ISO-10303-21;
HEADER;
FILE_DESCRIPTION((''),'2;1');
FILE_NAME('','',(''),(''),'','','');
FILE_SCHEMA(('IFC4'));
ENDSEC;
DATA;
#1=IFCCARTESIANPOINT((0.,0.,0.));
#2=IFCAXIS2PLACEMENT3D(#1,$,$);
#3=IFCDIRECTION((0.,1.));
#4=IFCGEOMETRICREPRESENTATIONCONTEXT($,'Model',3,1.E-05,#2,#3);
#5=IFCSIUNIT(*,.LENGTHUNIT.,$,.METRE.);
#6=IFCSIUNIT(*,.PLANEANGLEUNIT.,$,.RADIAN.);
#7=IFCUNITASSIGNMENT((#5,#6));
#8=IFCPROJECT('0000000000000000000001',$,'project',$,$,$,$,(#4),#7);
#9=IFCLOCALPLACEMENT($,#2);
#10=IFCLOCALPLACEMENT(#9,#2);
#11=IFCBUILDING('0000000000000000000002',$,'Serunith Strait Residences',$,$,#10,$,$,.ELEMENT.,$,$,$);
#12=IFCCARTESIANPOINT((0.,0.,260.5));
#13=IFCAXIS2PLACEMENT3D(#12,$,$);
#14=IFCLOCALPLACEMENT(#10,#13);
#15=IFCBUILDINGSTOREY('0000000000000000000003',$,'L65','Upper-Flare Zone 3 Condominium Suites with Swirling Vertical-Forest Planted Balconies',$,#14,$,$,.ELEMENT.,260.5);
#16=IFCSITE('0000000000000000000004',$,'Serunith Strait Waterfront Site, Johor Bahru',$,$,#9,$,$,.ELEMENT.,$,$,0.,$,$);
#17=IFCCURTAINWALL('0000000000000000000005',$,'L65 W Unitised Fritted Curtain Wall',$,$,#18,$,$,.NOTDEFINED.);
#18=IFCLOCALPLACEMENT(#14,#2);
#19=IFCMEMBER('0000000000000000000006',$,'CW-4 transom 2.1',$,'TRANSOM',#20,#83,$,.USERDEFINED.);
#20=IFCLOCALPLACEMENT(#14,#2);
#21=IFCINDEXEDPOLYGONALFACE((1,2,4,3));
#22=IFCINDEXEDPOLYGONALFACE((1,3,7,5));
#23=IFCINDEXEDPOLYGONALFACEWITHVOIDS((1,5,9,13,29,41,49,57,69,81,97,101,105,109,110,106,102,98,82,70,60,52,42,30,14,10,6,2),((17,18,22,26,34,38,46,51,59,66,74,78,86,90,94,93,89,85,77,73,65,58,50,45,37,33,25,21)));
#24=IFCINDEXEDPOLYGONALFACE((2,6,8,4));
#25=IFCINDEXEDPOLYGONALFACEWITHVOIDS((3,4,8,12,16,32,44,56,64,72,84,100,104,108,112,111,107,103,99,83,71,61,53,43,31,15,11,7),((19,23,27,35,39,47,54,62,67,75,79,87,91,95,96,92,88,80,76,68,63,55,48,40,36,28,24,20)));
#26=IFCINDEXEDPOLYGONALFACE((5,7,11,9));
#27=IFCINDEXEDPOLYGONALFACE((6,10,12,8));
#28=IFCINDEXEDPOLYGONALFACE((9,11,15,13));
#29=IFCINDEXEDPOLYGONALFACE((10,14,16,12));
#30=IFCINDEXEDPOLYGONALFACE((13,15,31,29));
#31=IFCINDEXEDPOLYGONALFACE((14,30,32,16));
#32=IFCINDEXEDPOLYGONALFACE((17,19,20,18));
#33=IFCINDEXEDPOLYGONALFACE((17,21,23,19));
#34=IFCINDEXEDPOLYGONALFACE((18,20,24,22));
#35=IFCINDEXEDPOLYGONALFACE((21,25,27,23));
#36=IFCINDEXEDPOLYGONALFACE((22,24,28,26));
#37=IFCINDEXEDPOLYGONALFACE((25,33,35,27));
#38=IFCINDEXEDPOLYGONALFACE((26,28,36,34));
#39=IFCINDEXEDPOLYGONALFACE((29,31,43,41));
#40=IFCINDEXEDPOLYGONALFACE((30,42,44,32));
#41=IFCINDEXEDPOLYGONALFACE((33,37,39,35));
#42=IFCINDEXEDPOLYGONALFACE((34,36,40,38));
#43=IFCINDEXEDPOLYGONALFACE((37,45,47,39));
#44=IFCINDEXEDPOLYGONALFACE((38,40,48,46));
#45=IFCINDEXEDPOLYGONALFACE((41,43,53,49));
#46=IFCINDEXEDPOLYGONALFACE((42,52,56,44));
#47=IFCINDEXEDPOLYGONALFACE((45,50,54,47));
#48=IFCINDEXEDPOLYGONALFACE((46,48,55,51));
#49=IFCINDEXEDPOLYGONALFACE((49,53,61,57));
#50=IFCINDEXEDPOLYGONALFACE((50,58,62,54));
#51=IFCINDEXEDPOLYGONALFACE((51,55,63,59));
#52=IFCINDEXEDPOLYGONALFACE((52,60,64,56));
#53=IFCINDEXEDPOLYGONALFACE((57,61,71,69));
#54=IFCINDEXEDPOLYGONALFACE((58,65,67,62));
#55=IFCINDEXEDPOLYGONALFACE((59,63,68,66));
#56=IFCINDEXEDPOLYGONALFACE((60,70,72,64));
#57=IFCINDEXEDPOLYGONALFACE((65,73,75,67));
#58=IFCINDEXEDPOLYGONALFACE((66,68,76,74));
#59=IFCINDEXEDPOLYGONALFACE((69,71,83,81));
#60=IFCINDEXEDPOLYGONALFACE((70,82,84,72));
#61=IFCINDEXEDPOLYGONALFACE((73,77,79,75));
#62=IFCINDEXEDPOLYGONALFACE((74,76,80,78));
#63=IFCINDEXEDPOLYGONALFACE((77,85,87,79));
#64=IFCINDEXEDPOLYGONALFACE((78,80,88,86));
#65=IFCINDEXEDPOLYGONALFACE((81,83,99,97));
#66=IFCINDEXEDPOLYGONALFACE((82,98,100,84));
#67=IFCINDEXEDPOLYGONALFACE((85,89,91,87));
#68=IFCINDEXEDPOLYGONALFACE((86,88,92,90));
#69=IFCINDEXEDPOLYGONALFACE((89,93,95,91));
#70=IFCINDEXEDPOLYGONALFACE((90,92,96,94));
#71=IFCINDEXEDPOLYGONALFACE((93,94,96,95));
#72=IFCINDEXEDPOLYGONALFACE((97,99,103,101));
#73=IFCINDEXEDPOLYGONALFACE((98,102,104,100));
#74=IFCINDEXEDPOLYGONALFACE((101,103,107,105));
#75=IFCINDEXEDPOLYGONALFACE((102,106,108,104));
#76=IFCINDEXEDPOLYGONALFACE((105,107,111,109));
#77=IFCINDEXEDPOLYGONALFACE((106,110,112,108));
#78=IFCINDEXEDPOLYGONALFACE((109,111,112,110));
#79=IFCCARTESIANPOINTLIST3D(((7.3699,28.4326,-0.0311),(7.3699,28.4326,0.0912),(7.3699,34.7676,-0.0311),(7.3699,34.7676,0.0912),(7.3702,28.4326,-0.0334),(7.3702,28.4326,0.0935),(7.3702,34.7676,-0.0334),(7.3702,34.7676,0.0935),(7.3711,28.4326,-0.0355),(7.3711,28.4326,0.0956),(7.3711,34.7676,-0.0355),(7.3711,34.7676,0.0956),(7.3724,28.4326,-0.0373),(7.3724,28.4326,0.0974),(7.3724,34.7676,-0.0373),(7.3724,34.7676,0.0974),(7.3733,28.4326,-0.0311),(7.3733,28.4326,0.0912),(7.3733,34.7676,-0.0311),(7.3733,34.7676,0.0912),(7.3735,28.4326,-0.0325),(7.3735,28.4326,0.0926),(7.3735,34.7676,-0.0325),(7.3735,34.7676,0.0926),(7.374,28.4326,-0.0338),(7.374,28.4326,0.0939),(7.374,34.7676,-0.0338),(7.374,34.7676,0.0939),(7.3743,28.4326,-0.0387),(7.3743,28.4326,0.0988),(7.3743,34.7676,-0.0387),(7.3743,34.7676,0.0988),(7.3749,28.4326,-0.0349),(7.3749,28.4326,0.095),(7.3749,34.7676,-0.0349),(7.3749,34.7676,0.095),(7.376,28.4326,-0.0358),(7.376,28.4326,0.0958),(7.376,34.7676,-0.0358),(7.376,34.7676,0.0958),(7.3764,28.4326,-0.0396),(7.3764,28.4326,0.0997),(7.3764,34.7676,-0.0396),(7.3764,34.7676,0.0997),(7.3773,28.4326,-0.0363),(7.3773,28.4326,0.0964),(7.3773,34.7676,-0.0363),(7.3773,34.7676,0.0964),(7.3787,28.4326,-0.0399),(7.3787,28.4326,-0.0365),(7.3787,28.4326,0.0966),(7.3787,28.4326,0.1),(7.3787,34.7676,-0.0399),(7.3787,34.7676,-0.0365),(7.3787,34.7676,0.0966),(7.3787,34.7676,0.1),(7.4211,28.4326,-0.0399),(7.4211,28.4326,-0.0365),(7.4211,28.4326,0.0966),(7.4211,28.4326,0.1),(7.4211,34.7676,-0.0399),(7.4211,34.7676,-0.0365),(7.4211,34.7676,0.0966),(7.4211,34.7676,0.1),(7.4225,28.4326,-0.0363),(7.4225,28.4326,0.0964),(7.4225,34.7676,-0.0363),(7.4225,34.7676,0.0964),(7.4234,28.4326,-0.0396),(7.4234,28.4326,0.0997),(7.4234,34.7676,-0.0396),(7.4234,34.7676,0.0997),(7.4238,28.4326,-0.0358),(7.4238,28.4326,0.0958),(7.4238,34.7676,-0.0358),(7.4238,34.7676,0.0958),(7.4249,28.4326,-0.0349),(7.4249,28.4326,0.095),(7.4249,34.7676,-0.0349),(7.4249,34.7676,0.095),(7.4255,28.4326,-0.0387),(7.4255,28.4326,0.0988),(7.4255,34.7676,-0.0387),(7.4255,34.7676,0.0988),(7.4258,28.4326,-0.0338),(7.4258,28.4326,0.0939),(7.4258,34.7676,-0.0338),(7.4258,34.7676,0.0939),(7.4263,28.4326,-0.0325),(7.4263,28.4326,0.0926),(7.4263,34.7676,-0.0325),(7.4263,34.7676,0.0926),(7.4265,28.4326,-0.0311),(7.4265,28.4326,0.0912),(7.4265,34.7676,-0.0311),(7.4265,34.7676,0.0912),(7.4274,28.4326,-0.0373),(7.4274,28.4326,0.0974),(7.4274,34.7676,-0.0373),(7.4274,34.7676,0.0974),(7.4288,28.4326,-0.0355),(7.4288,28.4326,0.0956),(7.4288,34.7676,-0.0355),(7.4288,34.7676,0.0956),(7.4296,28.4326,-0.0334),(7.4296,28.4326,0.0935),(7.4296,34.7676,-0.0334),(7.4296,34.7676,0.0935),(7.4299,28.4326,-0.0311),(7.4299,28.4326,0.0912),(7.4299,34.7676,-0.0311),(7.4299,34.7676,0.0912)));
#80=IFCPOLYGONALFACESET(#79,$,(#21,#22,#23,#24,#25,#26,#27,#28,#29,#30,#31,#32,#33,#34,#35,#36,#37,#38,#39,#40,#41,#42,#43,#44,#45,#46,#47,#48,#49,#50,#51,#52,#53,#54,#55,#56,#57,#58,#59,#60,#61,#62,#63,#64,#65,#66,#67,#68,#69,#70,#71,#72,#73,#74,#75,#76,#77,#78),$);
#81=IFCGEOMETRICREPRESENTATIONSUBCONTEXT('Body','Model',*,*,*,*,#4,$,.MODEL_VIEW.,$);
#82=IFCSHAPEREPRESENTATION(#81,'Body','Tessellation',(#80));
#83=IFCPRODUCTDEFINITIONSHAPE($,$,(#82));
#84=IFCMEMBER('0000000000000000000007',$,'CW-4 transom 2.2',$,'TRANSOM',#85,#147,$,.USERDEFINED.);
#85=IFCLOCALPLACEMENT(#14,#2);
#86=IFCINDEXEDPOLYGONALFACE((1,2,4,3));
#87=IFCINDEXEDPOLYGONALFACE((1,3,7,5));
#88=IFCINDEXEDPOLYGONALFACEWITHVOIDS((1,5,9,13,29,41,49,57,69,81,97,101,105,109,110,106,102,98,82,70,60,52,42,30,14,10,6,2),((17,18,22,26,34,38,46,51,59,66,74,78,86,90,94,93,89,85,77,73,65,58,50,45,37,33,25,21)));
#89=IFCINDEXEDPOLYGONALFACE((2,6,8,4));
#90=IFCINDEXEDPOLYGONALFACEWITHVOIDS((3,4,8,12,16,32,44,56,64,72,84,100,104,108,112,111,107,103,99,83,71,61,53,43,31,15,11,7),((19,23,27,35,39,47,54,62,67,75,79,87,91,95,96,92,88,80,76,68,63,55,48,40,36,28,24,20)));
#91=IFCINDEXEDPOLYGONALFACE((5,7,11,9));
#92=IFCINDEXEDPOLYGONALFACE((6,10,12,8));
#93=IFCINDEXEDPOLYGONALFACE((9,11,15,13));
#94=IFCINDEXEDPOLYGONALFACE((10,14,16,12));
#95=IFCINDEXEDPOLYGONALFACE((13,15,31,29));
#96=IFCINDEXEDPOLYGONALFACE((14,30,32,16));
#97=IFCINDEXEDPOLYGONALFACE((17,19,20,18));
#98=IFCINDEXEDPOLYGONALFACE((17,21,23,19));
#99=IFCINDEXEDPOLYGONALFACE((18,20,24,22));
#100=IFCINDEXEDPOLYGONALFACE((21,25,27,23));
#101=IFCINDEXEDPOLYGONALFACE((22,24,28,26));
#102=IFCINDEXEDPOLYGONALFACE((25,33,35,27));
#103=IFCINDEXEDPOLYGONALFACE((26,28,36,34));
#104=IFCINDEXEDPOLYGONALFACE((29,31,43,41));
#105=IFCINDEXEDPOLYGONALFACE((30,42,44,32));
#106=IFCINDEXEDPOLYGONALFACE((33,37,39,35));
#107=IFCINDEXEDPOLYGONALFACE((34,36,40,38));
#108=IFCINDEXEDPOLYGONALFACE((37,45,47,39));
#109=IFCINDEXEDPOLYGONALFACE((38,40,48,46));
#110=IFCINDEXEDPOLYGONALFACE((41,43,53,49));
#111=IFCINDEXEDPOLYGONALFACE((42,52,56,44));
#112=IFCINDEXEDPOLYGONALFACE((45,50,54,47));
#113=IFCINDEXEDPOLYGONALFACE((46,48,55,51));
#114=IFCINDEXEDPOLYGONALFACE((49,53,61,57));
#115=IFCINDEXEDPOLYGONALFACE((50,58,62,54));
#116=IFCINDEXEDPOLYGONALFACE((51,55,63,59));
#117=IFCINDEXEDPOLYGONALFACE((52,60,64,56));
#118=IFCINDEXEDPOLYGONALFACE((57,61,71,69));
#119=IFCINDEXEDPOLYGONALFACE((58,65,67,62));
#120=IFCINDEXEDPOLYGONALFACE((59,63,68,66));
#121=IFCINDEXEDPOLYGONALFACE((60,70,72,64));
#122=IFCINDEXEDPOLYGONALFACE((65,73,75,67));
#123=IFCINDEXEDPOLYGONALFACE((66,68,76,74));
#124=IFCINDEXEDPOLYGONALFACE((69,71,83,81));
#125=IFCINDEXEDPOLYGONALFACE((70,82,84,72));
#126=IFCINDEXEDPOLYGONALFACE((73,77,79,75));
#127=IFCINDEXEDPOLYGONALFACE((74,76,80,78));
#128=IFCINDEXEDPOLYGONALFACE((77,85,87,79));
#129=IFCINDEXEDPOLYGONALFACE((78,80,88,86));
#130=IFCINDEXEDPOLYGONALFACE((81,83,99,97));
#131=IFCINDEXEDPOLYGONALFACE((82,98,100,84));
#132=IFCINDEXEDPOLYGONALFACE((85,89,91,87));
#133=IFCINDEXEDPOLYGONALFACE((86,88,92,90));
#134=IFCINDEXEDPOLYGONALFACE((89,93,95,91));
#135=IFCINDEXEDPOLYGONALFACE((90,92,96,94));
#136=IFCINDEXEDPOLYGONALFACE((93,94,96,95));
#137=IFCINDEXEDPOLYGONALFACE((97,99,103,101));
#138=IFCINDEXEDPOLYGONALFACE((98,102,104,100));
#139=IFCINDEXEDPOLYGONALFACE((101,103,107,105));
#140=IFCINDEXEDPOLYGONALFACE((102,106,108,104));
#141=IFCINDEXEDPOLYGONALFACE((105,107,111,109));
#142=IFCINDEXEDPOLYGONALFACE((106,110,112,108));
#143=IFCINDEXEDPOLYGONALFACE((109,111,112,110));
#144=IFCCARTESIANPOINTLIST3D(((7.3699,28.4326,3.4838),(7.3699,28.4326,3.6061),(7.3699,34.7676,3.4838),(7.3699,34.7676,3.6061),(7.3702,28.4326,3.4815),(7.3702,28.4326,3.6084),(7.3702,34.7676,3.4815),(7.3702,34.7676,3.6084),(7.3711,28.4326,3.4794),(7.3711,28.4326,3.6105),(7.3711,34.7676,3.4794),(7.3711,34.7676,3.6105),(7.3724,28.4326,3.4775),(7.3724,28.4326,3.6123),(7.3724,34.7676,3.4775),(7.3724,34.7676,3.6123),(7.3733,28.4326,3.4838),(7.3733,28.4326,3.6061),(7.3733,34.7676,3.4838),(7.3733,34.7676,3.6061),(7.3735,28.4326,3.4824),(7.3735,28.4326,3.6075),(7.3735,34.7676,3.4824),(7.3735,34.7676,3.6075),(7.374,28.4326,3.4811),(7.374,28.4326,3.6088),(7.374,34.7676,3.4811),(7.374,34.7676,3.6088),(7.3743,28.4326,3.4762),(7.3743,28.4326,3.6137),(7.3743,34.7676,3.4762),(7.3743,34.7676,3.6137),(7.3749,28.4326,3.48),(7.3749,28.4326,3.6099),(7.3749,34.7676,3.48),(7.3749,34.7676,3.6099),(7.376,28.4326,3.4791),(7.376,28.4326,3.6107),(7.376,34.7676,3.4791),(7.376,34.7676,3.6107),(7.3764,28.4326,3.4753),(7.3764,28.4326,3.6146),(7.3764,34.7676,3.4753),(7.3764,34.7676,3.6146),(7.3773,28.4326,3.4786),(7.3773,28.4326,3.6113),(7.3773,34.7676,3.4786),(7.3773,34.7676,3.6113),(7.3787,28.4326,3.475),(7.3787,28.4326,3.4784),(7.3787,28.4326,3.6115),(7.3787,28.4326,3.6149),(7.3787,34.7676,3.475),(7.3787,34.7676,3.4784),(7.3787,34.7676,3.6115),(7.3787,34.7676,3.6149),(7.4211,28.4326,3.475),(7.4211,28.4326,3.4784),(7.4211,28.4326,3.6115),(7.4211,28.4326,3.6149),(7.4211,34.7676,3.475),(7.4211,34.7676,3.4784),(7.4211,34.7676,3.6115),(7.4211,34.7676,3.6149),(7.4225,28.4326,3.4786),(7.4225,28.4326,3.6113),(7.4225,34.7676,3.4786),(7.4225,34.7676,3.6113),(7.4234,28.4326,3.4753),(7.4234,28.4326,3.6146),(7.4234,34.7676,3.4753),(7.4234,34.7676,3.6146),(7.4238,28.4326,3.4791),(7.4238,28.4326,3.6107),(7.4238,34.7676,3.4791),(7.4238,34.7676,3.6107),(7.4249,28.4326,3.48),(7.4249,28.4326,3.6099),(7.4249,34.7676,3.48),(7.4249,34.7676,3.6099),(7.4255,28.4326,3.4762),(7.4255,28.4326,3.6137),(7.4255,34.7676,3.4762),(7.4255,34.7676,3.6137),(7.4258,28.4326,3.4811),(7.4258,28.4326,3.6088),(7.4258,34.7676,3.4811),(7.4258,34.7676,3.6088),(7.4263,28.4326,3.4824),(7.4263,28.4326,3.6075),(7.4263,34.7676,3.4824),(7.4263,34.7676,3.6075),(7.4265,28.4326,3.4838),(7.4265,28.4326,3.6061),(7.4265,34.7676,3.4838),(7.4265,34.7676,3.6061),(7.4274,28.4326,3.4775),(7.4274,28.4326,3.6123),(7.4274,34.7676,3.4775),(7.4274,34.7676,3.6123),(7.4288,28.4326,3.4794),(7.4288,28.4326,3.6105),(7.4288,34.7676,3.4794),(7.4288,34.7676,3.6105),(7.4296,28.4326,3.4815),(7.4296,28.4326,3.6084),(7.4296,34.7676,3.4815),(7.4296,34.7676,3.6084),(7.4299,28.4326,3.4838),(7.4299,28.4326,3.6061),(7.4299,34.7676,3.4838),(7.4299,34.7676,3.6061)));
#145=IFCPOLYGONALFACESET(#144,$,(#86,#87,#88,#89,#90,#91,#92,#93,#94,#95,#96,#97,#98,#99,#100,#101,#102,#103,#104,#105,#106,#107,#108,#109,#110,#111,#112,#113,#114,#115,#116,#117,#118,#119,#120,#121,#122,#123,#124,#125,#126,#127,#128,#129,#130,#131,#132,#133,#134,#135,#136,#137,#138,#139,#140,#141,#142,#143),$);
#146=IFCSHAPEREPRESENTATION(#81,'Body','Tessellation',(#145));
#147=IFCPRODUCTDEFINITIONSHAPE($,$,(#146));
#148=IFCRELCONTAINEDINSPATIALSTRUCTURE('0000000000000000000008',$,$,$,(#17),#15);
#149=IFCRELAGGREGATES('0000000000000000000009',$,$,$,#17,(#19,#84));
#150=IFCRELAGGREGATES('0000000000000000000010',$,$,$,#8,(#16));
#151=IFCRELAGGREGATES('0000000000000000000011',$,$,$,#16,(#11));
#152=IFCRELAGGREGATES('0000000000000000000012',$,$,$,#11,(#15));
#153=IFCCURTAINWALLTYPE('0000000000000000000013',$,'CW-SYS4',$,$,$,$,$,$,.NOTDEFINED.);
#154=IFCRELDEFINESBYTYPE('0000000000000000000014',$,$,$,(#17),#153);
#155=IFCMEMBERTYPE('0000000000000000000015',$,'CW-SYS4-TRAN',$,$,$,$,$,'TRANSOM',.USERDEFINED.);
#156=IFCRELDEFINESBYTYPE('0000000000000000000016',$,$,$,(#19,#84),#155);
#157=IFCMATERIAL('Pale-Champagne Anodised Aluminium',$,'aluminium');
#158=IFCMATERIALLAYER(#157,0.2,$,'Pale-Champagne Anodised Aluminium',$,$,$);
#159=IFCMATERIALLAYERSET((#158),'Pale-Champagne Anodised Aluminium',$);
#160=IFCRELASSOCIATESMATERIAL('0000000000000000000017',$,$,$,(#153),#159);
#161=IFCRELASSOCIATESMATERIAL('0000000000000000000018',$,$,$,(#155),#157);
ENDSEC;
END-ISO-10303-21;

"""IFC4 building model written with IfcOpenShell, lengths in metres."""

from ifc_helpers import new_model, si_unit, direction, frame, origin, origin_2d, place, context, subcontext, project, spatial, hollow_rectangle, extrude, source, transform, mapped, material, layer, layer_set, material_profile, profile_set, type_object, element, aggregate, save


model = new_model("IFC4")

# Units and contexts
model_context = context("Model", 3, precision=1e-05, world=origin(), true_north=direction((0.0, 1.0)))
body_context = subcontext(model_context, "Body", "Model", "MODEL_VIEW")
ifc_project = project(units=[si_unit("LENGTHUNIT", "METRE"), si_unit("PLANEANGLEUNIT", "RADIAN")], contexts=[model_context])

# Site, building, storey
site_placement = place(None, origin())
site = spatial("IfcSite", under=ifc_project, at=site_placement, Name="Serunith Strait Waterfront Site, Johor Bahru", CompositionType="ELEMENT", RefElevation=0.0)
building_placement = place(site_placement, origin())
building = spatial("IfcBuilding", under=site, at=building_placement, Name="Serunith Strait Residences", CompositionType="ELEMENT")
storey_placement = place(building_placement, frame((0.0, 0.0, 260.5)))
storey = spatial("IfcBuildingStorey", under=building, at=storey_placement, Name="L65", Description="Upper-Flare Zone 3 Condominium Suites with Swirling Vertical-Forest Planted Balconies", CompositionType="ELEMENT", Elevation=260.5)

# Curtain wall, members
ifc_material_1 = material(Name="Pale-Champagne Anodised Aluminium", Category="aluminium")
ifc_layer_1 = layer(ifc_material_1, 0.2, Name="Pale-Champagne Anodised Aluminium")
ifc_layer_set_1 = layer_set([ifc_layer_1], Name="Pale-Champagne Anodised Aluminium")
curtain_wall_type = type_object("IfcCurtainWallType", Name="CW-SYS4", PredefinedType="NOTDEFINED", material=ifc_layer_set_1)
curtain_wall_placement = place(storey_placement, origin())
curtain_wall = element("IfcCurtainWall", 1, at=curtain_wall_placement, inside=storey, type_object=curtain_wall_type, Name="L65 W Unitised Fritted Curtain Wall", PredefinedType="NOTDEFINED")
ifc_material_profile_1 = material_profile(ifc_material_1, hollow_rectangle(XDim=0.0601, YDim=0.1399, WallThickness=0.0034, InnerFilletRadius=0.0054, OuterFilletRadius=0.0088, at=origin_2d()), Name="ALU 140x60x3.5")
ifc_profile_set_1 = profile_set([ifc_material_profile_1], Name="Pale-Champagne Anodised Aluminium")
member_type_1 = type_object("IfcMemberType", Name="CW-SYS4-TRAN", ElementType="TRANSOM", PredefinedType="USERDEFINED", material=ifc_profile_set_1)
shared_shape_1 = source(origin(), body_context, "Body", "SweptSolid", [
    extrude(hollow_rectangle(XDim=0.0601, YDim=0.1399, WallThickness=0.0034, InnerFilletRadius=0.0054, OuterFilletRadius=0.0088, at=origin_2d()), origin(), (0.0, 0.0, 1.0), 6.335),
])
member_1_placement = place(storey_placement, frame((7.3999, 34.7676, 0.03), z_axis=(0.0, -1.0, 0.0), x_axis=(1.0, 0.0, 0.0)))
member_1 = element("IfcMember", 2, at=member_1_placement, type_object=member_type_1, Name="CW-4 transom 2.1", ObjectType="TRANSOM", PredefinedType="USERDEFINED", context=body_context, shape_type="MappedRepresentation", body=[
    mapped(shared_shape_1, transform((0.0, 0.0, 0.0), scale=1.0)),
])
member_2_placement = place(storey_placement, frame((7.3999, 34.7676, 3.5449), z_axis=(0.0, -1.0, 0.0), x_axis=(1.0, 0.0, 0.0)))
member_2 = element("IfcMember", 3, at=member_2_placement, type_object=member_type_1, Name="CW-4 transom 2.2", ObjectType="TRANSOM", PredefinedType="USERDEFINED", context=body_context, shape_type="MappedRepresentation", body=[
    mapped(shared_shape_1, transform((0.0, 0.0, 0.0), scale=1.0)),
])
aggregate(curtain_wall, [member_1, member_2])

save(model, "model.ifc")
